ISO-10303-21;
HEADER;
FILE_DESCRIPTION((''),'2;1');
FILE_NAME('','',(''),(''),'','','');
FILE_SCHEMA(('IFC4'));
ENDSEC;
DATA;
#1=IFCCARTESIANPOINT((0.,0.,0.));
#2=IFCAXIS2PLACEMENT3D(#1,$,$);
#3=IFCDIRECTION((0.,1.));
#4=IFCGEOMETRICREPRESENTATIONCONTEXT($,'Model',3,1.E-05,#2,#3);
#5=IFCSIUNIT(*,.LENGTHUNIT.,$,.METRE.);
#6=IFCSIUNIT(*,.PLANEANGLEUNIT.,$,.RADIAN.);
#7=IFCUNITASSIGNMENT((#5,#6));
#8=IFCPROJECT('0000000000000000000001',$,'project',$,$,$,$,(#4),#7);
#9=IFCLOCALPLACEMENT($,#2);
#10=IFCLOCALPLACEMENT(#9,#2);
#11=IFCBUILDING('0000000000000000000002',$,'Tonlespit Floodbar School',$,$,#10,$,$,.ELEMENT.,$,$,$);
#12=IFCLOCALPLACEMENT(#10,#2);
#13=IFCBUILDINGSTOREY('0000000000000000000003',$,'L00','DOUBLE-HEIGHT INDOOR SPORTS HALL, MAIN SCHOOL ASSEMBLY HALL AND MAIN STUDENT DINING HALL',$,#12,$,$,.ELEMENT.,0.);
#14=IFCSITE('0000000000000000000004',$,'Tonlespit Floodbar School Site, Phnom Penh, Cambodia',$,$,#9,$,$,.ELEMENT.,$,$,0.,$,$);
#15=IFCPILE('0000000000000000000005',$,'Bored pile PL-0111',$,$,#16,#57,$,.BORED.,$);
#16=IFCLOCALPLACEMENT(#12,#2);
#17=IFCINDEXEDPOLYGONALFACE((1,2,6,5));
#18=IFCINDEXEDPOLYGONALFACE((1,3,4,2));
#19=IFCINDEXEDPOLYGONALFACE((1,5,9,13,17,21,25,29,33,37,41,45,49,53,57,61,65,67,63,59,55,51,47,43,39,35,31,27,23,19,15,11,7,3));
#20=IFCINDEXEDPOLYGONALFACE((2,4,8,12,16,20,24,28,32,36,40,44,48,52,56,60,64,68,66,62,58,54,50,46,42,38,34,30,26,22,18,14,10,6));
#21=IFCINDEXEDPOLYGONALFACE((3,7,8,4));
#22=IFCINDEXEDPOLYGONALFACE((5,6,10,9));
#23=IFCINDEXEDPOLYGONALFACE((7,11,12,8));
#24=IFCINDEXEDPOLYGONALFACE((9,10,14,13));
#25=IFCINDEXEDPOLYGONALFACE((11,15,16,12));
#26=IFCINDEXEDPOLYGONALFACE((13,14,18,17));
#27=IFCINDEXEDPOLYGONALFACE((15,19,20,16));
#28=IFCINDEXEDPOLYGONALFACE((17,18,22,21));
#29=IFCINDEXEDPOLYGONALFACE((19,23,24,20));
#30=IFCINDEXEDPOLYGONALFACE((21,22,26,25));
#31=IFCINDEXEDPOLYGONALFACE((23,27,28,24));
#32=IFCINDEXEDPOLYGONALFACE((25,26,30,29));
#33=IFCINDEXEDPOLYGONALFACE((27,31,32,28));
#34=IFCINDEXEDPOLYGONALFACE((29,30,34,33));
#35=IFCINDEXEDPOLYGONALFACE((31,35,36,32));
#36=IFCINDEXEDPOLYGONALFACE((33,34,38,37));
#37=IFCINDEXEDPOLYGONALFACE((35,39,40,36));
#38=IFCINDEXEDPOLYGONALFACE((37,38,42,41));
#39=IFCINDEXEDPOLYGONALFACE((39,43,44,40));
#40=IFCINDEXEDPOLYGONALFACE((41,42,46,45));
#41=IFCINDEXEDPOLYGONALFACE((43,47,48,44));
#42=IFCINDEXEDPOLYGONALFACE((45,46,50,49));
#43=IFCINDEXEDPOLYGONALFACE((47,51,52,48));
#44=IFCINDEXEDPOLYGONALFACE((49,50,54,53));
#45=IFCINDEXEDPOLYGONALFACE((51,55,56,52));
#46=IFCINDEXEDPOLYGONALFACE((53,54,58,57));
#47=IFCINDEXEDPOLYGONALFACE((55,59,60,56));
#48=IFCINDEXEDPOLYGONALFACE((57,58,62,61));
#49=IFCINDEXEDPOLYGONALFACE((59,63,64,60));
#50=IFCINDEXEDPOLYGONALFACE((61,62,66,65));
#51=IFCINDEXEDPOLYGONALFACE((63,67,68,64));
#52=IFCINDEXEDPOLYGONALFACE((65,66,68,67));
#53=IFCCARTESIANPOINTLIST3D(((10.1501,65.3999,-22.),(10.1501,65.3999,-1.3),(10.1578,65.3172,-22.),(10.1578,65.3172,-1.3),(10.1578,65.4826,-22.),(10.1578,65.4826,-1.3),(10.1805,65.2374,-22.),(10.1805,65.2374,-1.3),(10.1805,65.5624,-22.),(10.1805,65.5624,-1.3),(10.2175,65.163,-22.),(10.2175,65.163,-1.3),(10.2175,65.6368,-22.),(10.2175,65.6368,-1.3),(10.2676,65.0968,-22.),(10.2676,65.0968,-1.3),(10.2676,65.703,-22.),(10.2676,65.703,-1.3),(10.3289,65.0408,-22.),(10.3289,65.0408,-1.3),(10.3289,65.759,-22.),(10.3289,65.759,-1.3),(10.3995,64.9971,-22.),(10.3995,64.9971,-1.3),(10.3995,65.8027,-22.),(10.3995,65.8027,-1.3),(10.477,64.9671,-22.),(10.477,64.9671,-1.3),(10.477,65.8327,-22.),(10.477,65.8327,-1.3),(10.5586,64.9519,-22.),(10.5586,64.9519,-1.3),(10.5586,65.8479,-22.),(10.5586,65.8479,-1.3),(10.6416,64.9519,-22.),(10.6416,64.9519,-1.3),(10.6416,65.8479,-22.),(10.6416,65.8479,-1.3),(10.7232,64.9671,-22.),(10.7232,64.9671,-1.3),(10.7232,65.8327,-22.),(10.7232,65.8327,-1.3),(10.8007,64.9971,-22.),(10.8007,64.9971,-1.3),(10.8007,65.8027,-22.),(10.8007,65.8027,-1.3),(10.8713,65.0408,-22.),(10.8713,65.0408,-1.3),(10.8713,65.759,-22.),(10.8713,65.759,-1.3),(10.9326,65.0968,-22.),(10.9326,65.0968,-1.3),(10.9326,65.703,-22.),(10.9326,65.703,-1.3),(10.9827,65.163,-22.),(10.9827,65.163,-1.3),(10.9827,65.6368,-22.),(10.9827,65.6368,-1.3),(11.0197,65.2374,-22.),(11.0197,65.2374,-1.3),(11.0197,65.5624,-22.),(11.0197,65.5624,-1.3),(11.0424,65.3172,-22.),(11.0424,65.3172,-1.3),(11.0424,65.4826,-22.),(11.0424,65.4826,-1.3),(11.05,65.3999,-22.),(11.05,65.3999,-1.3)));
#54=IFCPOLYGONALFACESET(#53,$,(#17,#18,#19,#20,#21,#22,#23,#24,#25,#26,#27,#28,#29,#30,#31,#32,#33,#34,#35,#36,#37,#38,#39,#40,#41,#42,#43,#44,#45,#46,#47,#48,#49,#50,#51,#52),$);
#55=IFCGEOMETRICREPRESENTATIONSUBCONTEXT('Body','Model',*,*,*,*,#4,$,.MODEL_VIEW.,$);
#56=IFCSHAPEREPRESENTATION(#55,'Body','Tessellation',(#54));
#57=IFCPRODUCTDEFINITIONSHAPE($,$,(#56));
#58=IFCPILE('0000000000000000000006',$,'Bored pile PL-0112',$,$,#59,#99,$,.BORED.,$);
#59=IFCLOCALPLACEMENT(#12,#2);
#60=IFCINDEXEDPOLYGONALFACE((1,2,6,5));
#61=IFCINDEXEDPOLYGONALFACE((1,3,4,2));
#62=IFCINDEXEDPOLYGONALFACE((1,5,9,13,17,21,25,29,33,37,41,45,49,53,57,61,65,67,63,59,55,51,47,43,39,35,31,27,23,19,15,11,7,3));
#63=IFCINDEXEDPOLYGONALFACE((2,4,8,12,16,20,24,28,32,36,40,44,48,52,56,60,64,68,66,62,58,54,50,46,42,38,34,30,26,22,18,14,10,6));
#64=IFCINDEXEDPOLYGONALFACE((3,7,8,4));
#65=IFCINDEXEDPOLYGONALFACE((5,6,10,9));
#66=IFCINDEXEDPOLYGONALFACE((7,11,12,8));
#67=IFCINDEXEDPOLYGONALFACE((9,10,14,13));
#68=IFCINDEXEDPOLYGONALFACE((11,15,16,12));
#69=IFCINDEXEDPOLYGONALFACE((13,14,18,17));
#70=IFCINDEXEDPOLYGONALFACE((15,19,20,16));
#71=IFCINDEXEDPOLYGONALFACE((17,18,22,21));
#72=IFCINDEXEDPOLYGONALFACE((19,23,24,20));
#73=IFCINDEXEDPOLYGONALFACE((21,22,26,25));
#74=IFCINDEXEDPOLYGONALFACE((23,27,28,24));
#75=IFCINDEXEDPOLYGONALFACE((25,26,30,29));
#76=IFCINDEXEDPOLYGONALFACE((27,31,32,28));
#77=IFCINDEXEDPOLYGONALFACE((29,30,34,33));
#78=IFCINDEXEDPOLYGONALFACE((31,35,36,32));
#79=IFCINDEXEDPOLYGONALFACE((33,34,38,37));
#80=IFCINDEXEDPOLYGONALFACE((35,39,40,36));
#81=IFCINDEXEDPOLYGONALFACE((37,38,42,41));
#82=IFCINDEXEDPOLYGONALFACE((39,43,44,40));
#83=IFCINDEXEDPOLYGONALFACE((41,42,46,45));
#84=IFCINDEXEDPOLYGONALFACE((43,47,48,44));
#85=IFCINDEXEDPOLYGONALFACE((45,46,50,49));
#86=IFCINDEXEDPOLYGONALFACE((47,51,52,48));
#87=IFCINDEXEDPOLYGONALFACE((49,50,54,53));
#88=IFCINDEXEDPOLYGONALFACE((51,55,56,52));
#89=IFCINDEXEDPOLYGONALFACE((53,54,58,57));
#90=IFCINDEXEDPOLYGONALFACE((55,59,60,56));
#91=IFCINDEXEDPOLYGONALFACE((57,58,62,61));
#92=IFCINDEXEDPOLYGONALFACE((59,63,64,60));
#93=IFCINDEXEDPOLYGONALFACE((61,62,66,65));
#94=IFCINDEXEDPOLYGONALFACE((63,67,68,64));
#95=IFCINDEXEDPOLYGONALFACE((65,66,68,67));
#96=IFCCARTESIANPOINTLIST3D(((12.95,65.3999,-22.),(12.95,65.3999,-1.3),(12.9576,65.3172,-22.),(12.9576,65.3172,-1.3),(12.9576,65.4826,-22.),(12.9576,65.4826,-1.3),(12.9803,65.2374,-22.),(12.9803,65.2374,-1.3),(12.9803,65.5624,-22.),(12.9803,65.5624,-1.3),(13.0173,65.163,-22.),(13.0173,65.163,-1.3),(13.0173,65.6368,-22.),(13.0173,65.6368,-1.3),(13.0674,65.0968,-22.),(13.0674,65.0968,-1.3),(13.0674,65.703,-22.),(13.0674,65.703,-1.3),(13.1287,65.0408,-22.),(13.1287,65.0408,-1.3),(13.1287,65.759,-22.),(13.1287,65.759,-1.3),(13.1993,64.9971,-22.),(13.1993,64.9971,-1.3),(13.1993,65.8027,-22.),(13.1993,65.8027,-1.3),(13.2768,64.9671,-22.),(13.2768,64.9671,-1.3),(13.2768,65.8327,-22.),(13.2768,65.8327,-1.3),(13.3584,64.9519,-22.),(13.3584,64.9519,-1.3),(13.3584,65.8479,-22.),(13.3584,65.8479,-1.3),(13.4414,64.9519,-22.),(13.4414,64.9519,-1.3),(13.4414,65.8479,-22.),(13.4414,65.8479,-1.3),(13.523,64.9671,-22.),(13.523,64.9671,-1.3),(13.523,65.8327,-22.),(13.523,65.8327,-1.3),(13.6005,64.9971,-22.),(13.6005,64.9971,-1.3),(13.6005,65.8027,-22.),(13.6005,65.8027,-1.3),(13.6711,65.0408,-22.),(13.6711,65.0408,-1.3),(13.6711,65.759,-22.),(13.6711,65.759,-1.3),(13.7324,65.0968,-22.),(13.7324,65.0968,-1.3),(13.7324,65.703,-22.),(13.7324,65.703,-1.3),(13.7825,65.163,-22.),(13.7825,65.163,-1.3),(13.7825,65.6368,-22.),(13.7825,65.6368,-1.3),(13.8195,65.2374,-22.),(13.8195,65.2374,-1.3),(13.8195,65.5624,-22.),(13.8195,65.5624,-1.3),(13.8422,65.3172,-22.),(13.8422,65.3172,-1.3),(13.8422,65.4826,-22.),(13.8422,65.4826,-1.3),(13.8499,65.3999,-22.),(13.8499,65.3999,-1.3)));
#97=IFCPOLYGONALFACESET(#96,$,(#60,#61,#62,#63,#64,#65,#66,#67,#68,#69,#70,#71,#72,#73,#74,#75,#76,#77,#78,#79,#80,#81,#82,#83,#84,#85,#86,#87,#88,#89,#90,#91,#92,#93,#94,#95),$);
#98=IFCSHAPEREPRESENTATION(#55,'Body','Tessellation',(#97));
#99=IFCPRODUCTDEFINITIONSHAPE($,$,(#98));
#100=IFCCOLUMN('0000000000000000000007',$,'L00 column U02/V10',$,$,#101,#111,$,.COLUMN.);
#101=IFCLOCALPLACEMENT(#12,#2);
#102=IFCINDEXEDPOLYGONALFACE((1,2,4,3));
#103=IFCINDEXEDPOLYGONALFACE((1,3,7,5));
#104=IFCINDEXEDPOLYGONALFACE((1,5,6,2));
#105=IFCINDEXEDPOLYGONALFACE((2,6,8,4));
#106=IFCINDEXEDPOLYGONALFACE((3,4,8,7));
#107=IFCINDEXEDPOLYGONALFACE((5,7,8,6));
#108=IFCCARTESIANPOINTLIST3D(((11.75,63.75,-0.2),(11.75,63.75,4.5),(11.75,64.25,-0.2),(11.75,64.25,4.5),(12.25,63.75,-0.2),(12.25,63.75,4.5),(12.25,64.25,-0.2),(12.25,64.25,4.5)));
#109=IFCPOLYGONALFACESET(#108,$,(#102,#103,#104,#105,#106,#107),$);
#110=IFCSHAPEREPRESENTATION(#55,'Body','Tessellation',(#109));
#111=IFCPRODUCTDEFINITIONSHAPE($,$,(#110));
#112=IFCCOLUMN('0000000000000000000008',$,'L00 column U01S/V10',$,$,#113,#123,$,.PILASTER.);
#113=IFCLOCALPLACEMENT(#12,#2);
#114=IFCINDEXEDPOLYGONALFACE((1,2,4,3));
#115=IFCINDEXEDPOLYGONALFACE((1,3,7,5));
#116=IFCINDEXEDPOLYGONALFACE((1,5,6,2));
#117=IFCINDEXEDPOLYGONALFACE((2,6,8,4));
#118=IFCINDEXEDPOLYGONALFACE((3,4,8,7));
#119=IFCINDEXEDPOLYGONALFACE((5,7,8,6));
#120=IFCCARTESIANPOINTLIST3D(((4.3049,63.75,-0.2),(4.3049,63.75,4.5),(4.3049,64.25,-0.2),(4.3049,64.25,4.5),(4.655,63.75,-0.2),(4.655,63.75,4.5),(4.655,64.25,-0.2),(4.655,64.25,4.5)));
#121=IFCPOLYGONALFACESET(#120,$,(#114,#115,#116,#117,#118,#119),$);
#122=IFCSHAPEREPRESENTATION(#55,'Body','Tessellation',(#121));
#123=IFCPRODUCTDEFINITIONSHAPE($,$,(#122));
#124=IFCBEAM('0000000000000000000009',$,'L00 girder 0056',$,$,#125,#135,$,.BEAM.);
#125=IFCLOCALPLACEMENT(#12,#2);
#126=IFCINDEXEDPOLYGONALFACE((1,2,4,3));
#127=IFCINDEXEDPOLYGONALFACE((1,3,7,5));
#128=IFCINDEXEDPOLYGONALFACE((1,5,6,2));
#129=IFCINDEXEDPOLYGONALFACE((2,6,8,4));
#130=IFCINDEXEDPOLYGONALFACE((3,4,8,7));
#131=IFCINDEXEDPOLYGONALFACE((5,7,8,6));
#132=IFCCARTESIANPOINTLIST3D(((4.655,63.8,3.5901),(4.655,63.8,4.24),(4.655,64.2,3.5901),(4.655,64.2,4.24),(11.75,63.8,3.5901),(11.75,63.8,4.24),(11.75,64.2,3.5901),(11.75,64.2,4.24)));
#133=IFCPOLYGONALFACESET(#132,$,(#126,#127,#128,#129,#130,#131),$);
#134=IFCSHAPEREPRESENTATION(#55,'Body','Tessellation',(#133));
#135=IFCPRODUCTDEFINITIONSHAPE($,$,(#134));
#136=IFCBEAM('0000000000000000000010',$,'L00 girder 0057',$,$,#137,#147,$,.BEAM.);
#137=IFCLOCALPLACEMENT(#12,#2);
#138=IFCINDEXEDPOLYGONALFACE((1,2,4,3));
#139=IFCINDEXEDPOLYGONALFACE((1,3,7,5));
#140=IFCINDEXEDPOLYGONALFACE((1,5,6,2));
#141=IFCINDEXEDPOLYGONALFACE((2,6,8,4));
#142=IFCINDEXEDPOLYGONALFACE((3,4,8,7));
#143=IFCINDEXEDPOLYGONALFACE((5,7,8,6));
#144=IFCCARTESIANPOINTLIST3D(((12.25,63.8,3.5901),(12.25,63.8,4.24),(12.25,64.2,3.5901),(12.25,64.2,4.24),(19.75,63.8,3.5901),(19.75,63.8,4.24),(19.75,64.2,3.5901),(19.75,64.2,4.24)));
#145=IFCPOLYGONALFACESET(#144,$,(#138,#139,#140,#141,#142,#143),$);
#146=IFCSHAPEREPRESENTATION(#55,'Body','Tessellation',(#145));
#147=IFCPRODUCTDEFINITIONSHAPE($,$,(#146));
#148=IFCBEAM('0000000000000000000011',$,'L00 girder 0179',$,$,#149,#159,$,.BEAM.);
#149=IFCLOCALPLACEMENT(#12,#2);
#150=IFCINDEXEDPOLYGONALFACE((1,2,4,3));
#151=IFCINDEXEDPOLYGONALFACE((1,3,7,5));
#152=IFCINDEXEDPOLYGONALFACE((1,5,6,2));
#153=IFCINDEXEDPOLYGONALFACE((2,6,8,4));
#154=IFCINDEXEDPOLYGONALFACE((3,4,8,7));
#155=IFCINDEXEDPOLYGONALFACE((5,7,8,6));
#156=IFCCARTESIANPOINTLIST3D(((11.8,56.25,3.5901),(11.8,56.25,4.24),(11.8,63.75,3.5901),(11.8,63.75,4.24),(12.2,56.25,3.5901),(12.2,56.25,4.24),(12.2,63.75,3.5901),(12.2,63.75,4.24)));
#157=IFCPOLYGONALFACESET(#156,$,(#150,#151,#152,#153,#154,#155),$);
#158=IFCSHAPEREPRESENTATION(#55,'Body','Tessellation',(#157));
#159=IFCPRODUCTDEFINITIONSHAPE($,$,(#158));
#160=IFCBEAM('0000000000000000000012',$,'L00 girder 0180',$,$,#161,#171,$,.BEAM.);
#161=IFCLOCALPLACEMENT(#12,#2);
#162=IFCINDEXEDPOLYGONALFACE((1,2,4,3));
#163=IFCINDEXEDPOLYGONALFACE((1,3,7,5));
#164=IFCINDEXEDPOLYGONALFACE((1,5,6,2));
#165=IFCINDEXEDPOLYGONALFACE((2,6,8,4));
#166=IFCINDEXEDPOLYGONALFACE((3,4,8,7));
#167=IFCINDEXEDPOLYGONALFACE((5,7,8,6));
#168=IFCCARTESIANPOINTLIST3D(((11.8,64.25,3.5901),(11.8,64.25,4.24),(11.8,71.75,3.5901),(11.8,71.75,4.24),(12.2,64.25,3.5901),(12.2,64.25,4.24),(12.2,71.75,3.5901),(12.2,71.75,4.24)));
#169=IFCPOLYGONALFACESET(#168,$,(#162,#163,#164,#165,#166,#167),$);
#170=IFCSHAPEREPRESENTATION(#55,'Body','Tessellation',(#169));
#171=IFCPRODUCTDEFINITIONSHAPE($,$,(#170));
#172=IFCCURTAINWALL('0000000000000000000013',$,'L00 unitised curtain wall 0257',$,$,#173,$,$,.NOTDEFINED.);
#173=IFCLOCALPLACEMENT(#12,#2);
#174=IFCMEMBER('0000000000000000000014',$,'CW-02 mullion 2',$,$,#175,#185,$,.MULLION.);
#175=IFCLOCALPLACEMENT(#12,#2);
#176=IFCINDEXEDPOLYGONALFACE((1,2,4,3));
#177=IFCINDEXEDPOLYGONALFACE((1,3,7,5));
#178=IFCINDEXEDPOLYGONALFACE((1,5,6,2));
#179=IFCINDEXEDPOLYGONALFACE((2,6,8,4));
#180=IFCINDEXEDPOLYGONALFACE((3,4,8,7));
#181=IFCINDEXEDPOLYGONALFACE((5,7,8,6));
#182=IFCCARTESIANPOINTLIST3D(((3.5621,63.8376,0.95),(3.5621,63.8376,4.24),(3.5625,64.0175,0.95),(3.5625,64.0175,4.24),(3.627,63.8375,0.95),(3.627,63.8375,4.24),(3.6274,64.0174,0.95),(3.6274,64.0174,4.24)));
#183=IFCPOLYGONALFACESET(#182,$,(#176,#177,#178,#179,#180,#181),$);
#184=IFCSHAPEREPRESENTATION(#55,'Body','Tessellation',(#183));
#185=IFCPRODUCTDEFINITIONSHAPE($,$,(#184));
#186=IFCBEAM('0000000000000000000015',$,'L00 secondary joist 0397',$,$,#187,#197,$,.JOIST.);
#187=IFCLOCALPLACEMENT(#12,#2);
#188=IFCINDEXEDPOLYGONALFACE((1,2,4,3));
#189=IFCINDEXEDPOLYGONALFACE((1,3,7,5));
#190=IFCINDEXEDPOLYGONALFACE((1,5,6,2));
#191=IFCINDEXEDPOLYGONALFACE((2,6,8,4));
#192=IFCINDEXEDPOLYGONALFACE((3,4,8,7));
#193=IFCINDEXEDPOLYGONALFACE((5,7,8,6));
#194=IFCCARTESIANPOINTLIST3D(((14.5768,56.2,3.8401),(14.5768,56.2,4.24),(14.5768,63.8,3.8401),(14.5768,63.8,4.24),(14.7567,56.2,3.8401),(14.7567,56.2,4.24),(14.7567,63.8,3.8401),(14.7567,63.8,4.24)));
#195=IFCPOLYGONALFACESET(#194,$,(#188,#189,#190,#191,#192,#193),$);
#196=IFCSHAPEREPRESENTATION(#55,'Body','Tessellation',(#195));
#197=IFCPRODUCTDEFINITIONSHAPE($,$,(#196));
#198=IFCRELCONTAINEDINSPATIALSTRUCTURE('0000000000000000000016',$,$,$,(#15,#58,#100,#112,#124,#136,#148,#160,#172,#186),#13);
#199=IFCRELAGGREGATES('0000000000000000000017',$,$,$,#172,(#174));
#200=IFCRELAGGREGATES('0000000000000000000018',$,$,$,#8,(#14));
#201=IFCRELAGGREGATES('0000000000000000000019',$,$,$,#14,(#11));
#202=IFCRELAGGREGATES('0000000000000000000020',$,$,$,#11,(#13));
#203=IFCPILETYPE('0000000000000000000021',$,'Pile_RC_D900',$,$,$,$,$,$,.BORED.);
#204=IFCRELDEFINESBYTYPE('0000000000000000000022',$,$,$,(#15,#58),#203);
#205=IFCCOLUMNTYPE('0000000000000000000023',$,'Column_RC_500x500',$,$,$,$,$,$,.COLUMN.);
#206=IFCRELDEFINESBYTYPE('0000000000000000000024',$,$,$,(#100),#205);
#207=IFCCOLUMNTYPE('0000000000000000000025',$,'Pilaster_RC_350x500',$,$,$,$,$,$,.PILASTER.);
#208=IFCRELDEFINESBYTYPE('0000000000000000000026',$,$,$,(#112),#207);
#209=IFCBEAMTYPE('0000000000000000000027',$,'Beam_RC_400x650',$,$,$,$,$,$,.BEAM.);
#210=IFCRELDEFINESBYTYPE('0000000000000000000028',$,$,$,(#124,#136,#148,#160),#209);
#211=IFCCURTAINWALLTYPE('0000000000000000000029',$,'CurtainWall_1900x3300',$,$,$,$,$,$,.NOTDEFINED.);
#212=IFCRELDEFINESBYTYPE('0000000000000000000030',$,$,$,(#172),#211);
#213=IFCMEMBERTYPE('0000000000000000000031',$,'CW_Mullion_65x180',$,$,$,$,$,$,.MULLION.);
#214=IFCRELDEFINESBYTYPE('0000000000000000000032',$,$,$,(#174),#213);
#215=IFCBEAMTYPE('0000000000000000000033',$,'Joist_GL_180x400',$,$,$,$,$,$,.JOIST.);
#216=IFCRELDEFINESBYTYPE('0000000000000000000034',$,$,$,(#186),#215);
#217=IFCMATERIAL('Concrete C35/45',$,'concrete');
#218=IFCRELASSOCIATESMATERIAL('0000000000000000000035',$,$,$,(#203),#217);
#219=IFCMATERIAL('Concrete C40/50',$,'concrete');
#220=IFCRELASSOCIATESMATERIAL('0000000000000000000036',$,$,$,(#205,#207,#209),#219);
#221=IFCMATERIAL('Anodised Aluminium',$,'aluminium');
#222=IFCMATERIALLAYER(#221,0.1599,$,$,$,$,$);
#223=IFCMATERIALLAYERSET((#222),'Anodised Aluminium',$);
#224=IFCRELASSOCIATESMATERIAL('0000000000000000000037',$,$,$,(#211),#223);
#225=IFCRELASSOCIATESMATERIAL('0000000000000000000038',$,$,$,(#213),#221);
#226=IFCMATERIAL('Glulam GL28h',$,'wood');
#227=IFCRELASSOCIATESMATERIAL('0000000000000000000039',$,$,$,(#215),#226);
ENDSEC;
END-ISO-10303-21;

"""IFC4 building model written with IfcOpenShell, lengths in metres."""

from ifc_helpers import new_model, si_unit, direction, frame, origin, origin_2d, place, context, subcontext, project, spatial, rectangle, circle, extrude, material, layer, layer_set, material_profile, profile_set, type_object, element, aggregate, save


model = new_model("IFC4")

# Units and contexts
model_context = context("Model", 3, precision=1e-05, world=origin(), true_north=direction((0.0, 1.0)))
body_context = subcontext(model_context, "Body", "Model", "MODEL_VIEW")
ifc_project = project(units=[si_unit("LENGTHUNIT", "METRE"), si_unit("PLANEANGLEUNIT", "RADIAN")], contexts=[model_context])

# Site, building, storey
site_placement = place(None, origin())
site = spatial("IfcSite", under=ifc_project, at=site_placement, Name="Tonlespit Floodbar School Site, Phnom Penh, Cambodia", CompositionType="ELEMENT", RefElevation=0.0)
building_placement = place(site_placement, origin())
building = spatial("IfcBuilding", under=site, at=building_placement, Name="Tonlespit Floodbar School", CompositionType="ELEMENT")
storey_placement = place(building_placement, origin())
storey = spatial("IfcBuildingStorey", under=building, at=storey_placement, Name="L00", Description="DOUBLE-HEIGHT INDOOR SPORTS HALL, MAIN SCHOOL ASSEMBLY HALL AND MAIN STUDENT DINING HALL", CompositionType="ELEMENT", Elevation=0.0)

# Shared definitions
ifc_material_1 = material(Name="Concrete C40/50", Category="concrete")

# Piles
ifc_material_2 = material(Name="Concrete C35/45", Category="concrete")
ifc_material_profile_1 = material_profile(ifc_material_2, circle(Radius=0.45, at=origin_2d()), Name="BP D900")
ifc_profile_set_1 = profile_set([ifc_material_profile_1], Name="Concrete C35/45")
pile_type = type_object("IfcPileType", Name="Pile_RC_D900", PredefinedType="BORED", material=ifc_profile_set_1)
for number, where, z_axis, x_axis, name in (
    (1, (10.6001, 65.3999, -1.3), (0.0, 0.0, -1.0), (1.0, 0.0, 0.0), "Bored pile PL-0111"),
    (2, (13.3999, 65.3999, -1.3), (0.0, 0.0, -1.0), (1.0, 0.0, 0.0), "Bored pile PL-0112"),
):
    element("IfcPile", number, at=place(storey_placement, frame(where, z_axis=z_axis, x_axis=x_axis)), inside=storey, type_object=pile_type, Name=name, PredefinedType="BORED", context=body_context, shape_type="SweptSolid", body=[
        extrude(circle(Radius=0.45, at=origin_2d()), origin(), (0.0, 0.0, 1.0), 20.7),
    ])

# Columns
ifc_material_profile_2 = material_profile(ifc_material_1, rectangle(XDim=0.5, YDim=0.5, at=origin_2d()), Name="RC 500x500")
ifc_profile_set_2 = profile_set([ifc_material_profile_2], Name="Concrete C40/50")
column_type_1 = type_object("IfcColumnType", Name="Column_RC_500x500", PredefinedType="COLUMN", material=ifc_profile_set_2)
column_1_placement = place(storey_placement, frame((12.0, 64.0, -0.2), z_axis=(0.0, 0.0, 1.0), x_axis=(1.0, 0.0, 0.0)))
element("IfcColumn", 3, at=column_1_placement, inside=storey, type_object=column_type_1, Name="L00 column U02/V10", PredefinedType="COLUMN", context=body_context, shape_type="SweptSolid", body=[
    extrude(rectangle(XDim=0.5, YDim=0.5, at=origin_2d()), origin(), (0.0, 0.0, 1.0), 4.7),
])
ifc_material_profile_3 = material_profile(ifc_material_1, rectangle(XDim=0.3501, YDim=0.5, at=origin_2d()), Name="RC 350x500")
ifc_profile_set_3 = profile_set([ifc_material_profile_3], Name="Concrete C40/50")
column_type_2 = type_object("IfcColumnType", Name="Pilaster_RC_350x500", PredefinedType="PILASTER", material=ifc_profile_set_3)
column_2_placement = place(storey_placement, frame((4.48, 64.0, -0.2), z_axis=(0.0, 0.0, 1.0), x_axis=(1.0, 0.0, 0.0)))
element("IfcColumn", 4, at=column_2_placement, inside=storey, type_object=column_type_2, Name="L00 column U01S/V10", PredefinedType="PILASTER", context=body_context, shape_type="SweptSolid", body=[
    extrude(rectangle(XDim=0.3501, YDim=0.5, at=origin_2d()), origin(), (0.0, 0.0, 1.0), 4.7),
])

# Beams
ifc_material_profile_4 = material_profile(ifc_material_1, rectangle(XDim=0.3999, YDim=0.6499, at=origin_2d()), Name="RC 400x650")
ifc_profile_set_4 = profile_set([ifc_material_profile_4], Name="Concrete C40/50")
beam_type_1 = type_object("IfcBeamType", Name="Beam_RC_400x650", PredefinedType="BEAM", material=ifc_profile_set_4)
beam_placement = place(storey_placement, frame((4.655, 64.0, 3.915), z_axis=(1.0, 0.0, 0.0), x_axis=(0.0, 1.0, 0.0)))
element("IfcBeam", 5, at=beam_placement, inside=storey, type_object=beam_type_1, Name="L00 girder 0056", PredefinedType="BEAM", context=body_context, shape_type="SweptSolid", body=[
    extrude(rectangle(XDim=0.3999, YDim=0.6499, at=origin_2d()), origin(), (0.0, 0.0, 1.0), 7.095),
])
for number, where, z_axis, x_axis, name in (
    (6, (12.25, 64.0, 3.915), (1.0, 0.0, 0.0), (0.0, 1.0, 0.0), "L00 girder 0057"),
    (7, (12.0, 56.25, 3.915), (0.0, 1.0, 0.0), (-1.0, 0.0, 0.0), "L00 girder 0179"),
    (8, (12.0, 64.25, 3.915), (0.0, 1.0, 0.0), (-1.0, 0.0, 0.0), "L00 girder 0180"),
):
    element("IfcBeam", number, at=place(storey_placement, frame(where, z_axis=z_axis, x_axis=x_axis)), inside=storey, type_object=beam_type_1, Name=name, PredefinedType="BEAM", context=body_context, shape_type="SweptSolid", body=[
        extrude(rectangle(XDim=0.3999, YDim=0.6499, at=origin_2d()), origin(), (0.0, 0.0, 1.0), 7.5),
    ])

# Curtain wall, member
ifc_material_3 = material(Name="Anodised Aluminium", Category="aluminium")
ifc_layer_1 = layer(ifc_material_3, 0.1599)
ifc_layer_set_1 = layer_set([ifc_layer_1], Name="Anodised Aluminium")
curtain_wall_type = type_object("IfcCurtainWallType", Name="CurtainWall_1900x3300", PredefinedType="NOTDEFINED", material=ifc_layer_set_1)
curtain_wall_placement = place(storey_placement, origin())
curtain_wall = element("IfcCurtainWall", 9, at=curtain_wall_placement, inside=storey, type_object=curtain_wall_type, Name="L00 unitised curtain wall 0257", PredefinedType="NOTDEFINED")
ifc_material_profile_5 = material_profile(ifc_material_3, rectangle(XDim=0.0649, YDim=0.1799, at=origin_2d()), Name="ALU M65x180")
ifc_profile_set_5 = profile_set([ifc_material_profile_5], Name="Anodised Aluminium")
member_type = type_object("IfcMemberType", Name="CW_Mullion_65x180", PredefinedType="MULLION", material=ifc_profile_set_5)
member_placement = place(storey_placement, frame((3.5947, 63.9275, 0.95), z_axis=(0.0, 0.0, 1.0), x_axis=(-0.999998, 0.002187, 0.0)))
member = element("IfcMember", 10, at=member_placement, type_object=member_type, Name="CW-02 mullion 2", PredefinedType="MULLION", context=body_context, shape_type="SweptSolid", body=[
    extrude(rectangle(XDim=0.0649, YDim=0.1799, at=origin_2d()), origin(), (0.0, 0.0, 1.0), 3.29),
])

# Beam
ifc_material_4 = material(Name="Glulam GL28h", Category="wood")
ifc_material_profile_6 = material_profile(ifc_material_4, rectangle(XDim=0.1799, YDim=0.3999, at=origin_2d()), Name="GL 180x400")
ifc_profile_set_6 = profile_set([ifc_material_profile_6], Name="Glulam GL28h")
beam_type_2 = type_object("IfcBeamType", Name="Joist_GL_180x400", PredefinedType="JOIST", material=ifc_profile_set_6)
for number, where, z_axis, x_axis, name in (
    (11, (14.6667, 56.2, 4.04), (0.0, 1.0, 0.0), (-1.0, 0.0, 0.0), "L00 secondary joist 0397"),
):
    element("IfcBeam", number, at=place(storey_placement, frame(where, z_axis=z_axis, x_axis=x_axis)), inside=storey, type_object=beam_type_2, Name=name, PredefinedType="JOIST", context=body_context, shape_type="SweptSolid", body=[
        extrude(rectangle(XDim=0.1799, YDim=0.3999, at=origin_2d()), origin(), (0.0, 0.0, 1.0), 7.6001),
    ])

aggregate(curtain_wall, [member])

save(model, "model.ifc")
